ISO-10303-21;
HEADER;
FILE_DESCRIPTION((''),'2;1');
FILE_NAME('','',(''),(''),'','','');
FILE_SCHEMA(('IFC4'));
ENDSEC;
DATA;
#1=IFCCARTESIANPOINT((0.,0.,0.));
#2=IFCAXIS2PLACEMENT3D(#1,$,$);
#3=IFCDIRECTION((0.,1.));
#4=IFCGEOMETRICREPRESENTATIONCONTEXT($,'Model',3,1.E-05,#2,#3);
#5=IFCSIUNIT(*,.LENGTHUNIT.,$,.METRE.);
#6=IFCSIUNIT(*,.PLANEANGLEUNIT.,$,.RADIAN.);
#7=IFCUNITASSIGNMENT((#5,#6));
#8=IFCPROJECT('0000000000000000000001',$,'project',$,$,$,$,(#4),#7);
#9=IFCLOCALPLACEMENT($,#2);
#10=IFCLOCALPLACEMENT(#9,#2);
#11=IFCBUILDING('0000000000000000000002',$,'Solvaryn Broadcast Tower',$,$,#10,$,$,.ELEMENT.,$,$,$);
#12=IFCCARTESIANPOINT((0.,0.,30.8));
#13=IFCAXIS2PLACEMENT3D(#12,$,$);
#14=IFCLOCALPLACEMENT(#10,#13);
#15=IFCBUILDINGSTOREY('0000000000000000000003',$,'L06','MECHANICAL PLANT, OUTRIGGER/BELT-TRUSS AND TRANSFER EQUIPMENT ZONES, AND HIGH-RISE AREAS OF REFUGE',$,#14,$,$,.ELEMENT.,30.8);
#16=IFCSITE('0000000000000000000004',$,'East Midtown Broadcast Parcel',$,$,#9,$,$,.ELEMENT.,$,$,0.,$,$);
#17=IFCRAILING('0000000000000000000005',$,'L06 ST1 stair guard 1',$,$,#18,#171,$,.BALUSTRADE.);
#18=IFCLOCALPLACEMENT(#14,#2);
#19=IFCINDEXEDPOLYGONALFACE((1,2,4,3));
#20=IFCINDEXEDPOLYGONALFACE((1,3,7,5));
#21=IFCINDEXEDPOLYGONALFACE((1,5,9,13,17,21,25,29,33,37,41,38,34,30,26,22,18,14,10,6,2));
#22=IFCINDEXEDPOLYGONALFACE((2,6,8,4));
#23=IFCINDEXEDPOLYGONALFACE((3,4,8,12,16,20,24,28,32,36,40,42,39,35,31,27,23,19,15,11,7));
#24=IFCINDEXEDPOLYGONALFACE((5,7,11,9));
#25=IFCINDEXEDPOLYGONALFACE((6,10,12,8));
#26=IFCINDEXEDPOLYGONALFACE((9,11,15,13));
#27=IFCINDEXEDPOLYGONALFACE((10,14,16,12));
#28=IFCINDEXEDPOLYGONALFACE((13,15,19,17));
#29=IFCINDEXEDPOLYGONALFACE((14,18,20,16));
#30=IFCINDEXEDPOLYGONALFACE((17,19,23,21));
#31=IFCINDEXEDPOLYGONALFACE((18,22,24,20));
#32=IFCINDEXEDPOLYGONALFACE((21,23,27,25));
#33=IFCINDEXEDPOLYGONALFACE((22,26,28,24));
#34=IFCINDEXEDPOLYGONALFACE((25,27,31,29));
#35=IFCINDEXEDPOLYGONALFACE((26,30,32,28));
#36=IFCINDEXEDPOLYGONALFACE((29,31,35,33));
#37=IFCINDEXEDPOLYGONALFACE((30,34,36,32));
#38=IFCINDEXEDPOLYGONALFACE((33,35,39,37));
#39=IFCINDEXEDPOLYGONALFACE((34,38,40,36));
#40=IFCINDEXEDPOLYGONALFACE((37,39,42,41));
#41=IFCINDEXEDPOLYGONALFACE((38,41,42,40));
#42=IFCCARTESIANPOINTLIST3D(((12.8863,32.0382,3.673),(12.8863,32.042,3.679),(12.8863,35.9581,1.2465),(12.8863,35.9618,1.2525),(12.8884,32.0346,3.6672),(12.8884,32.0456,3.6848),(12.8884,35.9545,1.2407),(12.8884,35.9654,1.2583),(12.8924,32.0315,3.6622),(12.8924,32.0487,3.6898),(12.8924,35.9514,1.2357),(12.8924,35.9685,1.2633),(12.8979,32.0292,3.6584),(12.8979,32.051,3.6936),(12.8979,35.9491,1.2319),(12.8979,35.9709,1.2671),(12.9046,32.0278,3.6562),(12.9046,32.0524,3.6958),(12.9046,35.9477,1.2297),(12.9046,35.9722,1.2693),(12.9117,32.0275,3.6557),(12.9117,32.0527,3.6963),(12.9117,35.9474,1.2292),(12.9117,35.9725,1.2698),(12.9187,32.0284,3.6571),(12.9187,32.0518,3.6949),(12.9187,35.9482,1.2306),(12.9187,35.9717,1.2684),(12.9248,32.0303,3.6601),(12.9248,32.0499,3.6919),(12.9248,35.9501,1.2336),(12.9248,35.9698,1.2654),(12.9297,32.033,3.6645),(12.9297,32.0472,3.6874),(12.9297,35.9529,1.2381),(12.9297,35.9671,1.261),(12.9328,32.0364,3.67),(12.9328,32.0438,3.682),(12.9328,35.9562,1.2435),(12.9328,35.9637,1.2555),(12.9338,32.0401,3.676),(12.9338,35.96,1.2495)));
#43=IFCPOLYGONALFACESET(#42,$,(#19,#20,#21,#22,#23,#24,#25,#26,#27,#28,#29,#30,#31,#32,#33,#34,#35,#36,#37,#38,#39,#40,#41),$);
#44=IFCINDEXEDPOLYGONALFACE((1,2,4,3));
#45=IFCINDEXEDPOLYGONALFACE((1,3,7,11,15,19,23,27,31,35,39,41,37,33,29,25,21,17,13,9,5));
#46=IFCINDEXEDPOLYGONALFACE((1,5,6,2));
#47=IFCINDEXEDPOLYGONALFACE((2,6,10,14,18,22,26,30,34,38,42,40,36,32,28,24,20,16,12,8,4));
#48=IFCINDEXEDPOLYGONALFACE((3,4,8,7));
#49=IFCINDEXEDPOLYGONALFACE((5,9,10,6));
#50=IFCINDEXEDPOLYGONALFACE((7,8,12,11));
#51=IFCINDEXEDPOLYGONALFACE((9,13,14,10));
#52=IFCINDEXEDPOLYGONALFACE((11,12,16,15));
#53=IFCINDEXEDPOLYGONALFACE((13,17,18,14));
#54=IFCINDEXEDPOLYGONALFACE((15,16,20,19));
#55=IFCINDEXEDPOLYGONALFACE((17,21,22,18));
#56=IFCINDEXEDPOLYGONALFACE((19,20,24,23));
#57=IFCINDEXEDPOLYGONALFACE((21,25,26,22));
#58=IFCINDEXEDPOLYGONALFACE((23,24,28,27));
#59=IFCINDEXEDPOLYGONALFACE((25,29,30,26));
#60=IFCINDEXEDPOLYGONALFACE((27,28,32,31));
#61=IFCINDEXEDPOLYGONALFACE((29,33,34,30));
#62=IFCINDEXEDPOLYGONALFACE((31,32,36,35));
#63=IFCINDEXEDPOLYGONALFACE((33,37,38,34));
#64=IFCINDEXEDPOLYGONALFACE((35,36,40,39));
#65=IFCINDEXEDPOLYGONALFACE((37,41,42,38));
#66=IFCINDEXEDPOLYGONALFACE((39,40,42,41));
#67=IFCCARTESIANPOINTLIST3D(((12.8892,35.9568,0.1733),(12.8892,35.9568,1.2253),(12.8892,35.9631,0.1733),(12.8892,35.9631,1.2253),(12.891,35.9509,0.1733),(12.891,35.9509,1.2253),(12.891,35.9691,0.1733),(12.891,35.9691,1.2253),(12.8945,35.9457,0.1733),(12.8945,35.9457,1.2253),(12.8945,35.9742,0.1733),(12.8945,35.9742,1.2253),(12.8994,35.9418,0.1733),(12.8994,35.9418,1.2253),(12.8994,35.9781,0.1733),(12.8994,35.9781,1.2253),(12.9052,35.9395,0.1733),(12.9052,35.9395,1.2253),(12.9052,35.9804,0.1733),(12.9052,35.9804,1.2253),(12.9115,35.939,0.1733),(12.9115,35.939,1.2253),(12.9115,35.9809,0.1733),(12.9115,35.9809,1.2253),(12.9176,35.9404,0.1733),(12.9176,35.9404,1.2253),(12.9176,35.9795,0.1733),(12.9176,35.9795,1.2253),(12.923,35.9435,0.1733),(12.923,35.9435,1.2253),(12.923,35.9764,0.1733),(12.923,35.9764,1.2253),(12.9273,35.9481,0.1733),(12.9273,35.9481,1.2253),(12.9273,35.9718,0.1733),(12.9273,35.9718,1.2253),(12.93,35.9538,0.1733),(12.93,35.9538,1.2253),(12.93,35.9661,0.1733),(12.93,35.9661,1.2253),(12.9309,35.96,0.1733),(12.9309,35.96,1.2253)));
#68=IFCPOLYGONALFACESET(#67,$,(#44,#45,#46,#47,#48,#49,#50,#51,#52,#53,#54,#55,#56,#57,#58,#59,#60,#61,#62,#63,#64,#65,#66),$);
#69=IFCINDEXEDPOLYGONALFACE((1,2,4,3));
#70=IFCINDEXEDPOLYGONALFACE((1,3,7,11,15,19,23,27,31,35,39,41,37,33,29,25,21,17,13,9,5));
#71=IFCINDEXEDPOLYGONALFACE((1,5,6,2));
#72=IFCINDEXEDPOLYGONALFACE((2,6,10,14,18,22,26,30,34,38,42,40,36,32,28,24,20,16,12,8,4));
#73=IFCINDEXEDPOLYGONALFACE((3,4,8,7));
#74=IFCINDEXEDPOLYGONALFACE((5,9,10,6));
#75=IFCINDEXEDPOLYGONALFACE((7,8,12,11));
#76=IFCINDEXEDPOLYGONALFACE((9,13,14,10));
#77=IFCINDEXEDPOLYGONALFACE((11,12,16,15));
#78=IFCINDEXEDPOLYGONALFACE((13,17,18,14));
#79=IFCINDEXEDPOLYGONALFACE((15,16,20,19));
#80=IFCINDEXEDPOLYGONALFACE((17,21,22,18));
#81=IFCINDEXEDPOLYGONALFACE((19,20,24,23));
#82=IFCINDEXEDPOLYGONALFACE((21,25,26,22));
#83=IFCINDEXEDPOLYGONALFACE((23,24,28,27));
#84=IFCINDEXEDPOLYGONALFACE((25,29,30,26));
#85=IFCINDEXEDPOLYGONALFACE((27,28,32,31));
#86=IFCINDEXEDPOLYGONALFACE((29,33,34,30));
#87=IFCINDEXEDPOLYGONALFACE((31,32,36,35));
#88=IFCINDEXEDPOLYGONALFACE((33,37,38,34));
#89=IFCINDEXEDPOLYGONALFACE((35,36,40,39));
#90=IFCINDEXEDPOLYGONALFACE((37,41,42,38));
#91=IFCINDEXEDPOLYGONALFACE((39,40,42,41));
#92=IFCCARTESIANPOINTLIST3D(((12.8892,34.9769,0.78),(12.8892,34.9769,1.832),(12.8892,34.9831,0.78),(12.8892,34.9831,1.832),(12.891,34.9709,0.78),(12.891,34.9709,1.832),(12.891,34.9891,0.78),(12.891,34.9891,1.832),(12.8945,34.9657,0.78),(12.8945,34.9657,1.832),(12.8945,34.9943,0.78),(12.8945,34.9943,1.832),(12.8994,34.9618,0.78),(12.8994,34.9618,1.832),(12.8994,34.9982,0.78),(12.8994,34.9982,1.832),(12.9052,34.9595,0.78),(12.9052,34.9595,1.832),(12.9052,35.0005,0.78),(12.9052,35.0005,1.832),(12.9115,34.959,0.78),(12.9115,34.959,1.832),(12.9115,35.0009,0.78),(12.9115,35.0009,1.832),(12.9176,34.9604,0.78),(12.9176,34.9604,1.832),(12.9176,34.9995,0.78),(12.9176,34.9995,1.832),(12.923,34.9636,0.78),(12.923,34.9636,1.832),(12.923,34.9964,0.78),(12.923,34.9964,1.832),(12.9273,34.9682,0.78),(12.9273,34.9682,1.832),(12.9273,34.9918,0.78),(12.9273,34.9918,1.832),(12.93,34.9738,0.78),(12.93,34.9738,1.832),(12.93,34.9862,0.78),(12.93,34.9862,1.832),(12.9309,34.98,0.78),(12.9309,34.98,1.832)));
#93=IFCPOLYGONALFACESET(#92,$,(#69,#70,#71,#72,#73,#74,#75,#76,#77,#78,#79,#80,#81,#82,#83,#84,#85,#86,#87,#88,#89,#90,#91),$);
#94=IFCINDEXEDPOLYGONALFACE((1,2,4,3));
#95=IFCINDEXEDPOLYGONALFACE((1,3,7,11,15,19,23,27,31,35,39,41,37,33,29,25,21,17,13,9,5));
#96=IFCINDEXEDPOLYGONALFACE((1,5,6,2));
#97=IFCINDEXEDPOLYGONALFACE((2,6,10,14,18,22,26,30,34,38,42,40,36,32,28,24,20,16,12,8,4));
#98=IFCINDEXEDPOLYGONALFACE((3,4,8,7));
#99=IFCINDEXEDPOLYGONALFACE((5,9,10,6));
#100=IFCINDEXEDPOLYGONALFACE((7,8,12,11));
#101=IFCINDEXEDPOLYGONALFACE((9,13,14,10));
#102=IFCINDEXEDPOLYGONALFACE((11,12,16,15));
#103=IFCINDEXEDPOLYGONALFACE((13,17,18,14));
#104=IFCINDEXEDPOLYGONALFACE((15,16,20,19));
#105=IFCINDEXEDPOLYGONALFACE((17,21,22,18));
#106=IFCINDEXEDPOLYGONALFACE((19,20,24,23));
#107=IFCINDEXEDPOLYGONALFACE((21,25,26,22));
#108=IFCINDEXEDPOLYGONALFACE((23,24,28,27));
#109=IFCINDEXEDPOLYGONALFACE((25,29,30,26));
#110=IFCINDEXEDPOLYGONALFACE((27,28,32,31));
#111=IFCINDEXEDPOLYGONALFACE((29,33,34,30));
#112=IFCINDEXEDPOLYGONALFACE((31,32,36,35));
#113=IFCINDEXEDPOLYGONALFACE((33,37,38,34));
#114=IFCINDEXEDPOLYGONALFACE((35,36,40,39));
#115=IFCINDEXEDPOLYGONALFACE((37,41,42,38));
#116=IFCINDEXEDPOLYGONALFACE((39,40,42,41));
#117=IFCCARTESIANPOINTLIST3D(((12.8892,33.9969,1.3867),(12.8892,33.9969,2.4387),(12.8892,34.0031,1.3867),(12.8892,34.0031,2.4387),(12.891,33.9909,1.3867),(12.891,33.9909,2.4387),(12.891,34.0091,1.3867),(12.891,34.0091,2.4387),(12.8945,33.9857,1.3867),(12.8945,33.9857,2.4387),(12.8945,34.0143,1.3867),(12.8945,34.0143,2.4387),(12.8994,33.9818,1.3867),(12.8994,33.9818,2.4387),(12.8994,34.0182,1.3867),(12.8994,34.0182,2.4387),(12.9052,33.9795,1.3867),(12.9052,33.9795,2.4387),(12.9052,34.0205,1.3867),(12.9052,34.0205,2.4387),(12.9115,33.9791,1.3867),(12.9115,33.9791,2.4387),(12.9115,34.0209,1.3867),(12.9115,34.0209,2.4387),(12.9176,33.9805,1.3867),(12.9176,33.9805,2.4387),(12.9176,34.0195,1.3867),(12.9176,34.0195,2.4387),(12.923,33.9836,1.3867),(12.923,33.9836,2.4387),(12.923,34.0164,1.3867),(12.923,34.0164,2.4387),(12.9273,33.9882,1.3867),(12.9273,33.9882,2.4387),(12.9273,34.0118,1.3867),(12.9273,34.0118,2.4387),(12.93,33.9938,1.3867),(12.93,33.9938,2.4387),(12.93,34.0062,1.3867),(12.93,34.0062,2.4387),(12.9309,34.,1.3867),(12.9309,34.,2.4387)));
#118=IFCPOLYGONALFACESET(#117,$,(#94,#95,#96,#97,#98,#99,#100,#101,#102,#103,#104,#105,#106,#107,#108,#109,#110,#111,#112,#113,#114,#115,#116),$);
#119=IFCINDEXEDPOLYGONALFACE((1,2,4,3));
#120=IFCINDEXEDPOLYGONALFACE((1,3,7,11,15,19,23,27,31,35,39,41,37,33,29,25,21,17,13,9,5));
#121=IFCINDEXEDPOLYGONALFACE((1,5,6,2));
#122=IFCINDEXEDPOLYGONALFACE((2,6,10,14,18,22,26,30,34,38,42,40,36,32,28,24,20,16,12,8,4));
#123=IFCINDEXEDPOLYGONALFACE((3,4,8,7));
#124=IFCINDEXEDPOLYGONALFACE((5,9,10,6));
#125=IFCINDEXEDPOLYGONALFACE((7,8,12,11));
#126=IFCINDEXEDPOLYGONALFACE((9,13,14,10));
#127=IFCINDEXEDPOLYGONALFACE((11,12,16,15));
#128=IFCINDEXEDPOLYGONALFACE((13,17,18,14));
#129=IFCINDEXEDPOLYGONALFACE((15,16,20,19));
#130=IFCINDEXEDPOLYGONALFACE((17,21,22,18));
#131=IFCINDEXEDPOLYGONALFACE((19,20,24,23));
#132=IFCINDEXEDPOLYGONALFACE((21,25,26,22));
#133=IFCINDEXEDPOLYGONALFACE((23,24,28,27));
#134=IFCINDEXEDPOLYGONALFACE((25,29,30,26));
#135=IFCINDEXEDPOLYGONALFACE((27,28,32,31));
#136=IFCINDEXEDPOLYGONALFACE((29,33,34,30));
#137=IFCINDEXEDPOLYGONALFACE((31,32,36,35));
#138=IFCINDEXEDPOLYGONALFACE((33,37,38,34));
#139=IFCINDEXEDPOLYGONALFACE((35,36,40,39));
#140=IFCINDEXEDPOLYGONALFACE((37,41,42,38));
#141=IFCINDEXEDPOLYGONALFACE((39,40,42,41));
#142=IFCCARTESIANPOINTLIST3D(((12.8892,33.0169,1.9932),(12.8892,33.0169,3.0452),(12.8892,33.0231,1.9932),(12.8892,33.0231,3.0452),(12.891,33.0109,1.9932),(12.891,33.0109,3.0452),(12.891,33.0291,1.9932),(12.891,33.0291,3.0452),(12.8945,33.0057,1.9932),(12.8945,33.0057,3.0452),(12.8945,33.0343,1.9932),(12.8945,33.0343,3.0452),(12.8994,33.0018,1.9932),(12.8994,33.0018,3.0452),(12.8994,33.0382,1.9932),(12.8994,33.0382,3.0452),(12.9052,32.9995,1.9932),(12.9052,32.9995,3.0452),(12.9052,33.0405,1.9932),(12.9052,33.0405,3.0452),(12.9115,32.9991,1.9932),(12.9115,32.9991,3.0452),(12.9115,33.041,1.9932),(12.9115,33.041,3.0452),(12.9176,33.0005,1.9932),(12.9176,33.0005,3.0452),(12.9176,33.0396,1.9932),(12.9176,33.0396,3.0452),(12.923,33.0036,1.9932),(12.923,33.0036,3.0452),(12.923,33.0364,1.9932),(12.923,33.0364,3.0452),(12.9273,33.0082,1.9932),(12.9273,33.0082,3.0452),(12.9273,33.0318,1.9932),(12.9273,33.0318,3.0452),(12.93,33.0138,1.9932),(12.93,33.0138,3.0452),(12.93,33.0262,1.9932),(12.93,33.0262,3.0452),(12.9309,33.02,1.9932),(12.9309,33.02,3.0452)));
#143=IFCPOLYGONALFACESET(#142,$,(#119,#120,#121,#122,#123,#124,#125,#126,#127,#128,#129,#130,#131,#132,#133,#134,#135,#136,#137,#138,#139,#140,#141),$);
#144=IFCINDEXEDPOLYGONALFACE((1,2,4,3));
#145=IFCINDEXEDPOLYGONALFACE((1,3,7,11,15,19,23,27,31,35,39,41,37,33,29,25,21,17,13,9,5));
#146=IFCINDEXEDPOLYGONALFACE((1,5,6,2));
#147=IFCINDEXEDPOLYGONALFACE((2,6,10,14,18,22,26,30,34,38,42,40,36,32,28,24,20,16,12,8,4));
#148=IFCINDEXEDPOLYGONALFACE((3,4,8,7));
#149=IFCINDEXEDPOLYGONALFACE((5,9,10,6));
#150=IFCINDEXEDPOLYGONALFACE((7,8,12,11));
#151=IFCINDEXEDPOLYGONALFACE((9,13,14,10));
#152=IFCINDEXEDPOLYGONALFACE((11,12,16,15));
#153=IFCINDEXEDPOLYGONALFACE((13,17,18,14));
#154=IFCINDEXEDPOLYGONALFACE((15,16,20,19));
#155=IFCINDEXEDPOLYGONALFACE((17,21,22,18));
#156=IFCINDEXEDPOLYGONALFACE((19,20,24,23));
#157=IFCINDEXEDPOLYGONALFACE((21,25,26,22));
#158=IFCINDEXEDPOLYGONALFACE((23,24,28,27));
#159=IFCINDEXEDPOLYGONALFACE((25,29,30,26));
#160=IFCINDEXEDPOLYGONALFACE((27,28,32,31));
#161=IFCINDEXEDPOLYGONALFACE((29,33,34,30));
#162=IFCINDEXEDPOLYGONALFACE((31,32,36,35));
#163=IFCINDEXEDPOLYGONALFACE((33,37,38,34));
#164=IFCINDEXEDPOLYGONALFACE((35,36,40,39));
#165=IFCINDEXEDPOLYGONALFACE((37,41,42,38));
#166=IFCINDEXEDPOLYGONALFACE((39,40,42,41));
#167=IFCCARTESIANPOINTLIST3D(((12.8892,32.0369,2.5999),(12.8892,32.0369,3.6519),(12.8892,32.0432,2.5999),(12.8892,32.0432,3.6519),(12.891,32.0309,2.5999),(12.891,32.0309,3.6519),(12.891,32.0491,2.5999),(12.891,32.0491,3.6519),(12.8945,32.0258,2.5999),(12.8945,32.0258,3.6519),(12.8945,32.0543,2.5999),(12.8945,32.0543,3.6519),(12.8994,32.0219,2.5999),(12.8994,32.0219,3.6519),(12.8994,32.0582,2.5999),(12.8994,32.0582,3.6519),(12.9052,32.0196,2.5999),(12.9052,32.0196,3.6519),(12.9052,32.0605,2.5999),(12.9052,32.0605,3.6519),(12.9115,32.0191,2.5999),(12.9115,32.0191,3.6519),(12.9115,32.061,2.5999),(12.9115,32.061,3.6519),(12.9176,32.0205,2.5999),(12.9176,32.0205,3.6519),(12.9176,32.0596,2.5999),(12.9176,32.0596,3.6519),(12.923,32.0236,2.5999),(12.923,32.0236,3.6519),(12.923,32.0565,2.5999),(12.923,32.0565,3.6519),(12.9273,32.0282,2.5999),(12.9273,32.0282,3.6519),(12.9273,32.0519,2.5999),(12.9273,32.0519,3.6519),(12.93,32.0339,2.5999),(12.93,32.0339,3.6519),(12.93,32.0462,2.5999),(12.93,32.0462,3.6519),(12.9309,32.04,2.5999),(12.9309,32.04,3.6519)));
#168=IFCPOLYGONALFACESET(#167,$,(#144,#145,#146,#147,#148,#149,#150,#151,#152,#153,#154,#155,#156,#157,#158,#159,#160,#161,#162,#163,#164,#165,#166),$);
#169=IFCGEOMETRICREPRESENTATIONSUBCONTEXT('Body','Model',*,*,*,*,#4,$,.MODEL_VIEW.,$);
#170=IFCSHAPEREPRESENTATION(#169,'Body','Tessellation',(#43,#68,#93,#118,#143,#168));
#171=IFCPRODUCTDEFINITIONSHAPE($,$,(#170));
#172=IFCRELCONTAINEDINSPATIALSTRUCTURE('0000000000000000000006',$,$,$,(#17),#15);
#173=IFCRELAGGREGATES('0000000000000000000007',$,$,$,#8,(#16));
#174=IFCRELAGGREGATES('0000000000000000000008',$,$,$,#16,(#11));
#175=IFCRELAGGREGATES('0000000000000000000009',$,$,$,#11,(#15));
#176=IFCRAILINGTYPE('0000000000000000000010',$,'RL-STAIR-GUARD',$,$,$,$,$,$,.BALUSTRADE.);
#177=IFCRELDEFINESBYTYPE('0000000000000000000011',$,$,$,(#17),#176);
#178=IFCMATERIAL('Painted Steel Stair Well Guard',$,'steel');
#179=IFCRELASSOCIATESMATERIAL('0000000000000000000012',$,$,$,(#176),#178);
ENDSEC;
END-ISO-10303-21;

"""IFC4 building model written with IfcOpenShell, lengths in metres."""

from ifc_helpers import new_model, si_unit, direction, frame, origin, origin_2d, place, context, subcontext, project, spatial, circle, extrude, material, type_object, element, save


model = new_model("IFC4")

# Units and contexts
model_context = context("Model", 3, precision=1e-05, world=origin(), true_north=direction((0.0, 1.0)))
body_context = subcontext(model_context, "Body", "Model", "MODEL_VIEW")
ifc_project = project(units=[si_unit("LENGTHUNIT", "METRE"), si_unit("PLANEANGLEUNIT", "RADIAN")], contexts=[model_context])

# Site, building, storey
site_placement = place(None, origin())
site = spatial("IfcSite", under=ifc_project, at=site_placement, Name="East Midtown Broadcast Parcel", CompositionType="ELEMENT", RefElevation=0.0)
building_placement = place(site_placement, origin())
building = spatial("IfcBuilding", under=site, at=building_placement, Name="Solvaryn Broadcast Tower", CompositionType="ELEMENT")
storey_placement = place(building_placement, frame((0.0, 0.0, 30.8)))
storey = spatial("IfcBuildingStorey", under=building, at=storey_placement, Name="L06", Description="MECHANICAL PLANT, OUTRIGGER/BELT-TRUSS AND TRANSFER EQUIPMENT ZONES, AND HIGH-RISE AREAS OF REFUGE", CompositionType="ELEMENT", Elevation=30.8)

# Railing
ifc_material_1 = material(Name="Painted Steel Stair Well Guard", Category="steel")
railing_type_1 = type_object("IfcRailingType", Name="RL-STAIR-GUARD", PredefinedType="BALUSTRADE", material=ifc_material_1)
railing_1_placement = place(storey_placement, frame((12.9099, 35.96, 0.1733)))
element("IfcRailing", 1, at=railing_1_placement, inside=storey, type_object=railing_type_1, Name="L06 ST1 stair guard 1", PredefinedType="BALUSTRADE", context=body_context, shape_type="SweptSolid", body=[
    extrude(circle(Radius=0.0239, at=origin_2d()), frame((0.0, 0.0, 1.0762), z_axis=(0.0, -0.850275, 0.526338), x_axis=(1.0, 0.0, 0.0)), (0.0, 0.0, 1.0), 4.6101),
    extrude(circle(Radius=0.021, at=origin_2d()), origin(), (0.0, 0.0, 1.0), 1.052),
    extrude(circle(Radius=0.021, at=origin_2d()), frame((0.0, -0.98, 0.6067)), (0.0, 0.0, 1.0), 1.052),
    extrude(circle(Radius=0.021, at=origin_2d()), frame((0.0, -1.96, 1.2134)), (0.0, 0.0, 1.0), 1.052),
    extrude(circle(Radius=0.021, at=origin_2d()), frame((0.0, -2.9399, 1.8198)), (0.0, 0.0, 1.0), 1.052),
    extrude(circle(Radius=0.021, at=origin_2d()), frame((0.0, -3.9199, 2.4265)), (0.0, 0.0, 1.0), 1.052),
])

save(model, "model.ifc")
